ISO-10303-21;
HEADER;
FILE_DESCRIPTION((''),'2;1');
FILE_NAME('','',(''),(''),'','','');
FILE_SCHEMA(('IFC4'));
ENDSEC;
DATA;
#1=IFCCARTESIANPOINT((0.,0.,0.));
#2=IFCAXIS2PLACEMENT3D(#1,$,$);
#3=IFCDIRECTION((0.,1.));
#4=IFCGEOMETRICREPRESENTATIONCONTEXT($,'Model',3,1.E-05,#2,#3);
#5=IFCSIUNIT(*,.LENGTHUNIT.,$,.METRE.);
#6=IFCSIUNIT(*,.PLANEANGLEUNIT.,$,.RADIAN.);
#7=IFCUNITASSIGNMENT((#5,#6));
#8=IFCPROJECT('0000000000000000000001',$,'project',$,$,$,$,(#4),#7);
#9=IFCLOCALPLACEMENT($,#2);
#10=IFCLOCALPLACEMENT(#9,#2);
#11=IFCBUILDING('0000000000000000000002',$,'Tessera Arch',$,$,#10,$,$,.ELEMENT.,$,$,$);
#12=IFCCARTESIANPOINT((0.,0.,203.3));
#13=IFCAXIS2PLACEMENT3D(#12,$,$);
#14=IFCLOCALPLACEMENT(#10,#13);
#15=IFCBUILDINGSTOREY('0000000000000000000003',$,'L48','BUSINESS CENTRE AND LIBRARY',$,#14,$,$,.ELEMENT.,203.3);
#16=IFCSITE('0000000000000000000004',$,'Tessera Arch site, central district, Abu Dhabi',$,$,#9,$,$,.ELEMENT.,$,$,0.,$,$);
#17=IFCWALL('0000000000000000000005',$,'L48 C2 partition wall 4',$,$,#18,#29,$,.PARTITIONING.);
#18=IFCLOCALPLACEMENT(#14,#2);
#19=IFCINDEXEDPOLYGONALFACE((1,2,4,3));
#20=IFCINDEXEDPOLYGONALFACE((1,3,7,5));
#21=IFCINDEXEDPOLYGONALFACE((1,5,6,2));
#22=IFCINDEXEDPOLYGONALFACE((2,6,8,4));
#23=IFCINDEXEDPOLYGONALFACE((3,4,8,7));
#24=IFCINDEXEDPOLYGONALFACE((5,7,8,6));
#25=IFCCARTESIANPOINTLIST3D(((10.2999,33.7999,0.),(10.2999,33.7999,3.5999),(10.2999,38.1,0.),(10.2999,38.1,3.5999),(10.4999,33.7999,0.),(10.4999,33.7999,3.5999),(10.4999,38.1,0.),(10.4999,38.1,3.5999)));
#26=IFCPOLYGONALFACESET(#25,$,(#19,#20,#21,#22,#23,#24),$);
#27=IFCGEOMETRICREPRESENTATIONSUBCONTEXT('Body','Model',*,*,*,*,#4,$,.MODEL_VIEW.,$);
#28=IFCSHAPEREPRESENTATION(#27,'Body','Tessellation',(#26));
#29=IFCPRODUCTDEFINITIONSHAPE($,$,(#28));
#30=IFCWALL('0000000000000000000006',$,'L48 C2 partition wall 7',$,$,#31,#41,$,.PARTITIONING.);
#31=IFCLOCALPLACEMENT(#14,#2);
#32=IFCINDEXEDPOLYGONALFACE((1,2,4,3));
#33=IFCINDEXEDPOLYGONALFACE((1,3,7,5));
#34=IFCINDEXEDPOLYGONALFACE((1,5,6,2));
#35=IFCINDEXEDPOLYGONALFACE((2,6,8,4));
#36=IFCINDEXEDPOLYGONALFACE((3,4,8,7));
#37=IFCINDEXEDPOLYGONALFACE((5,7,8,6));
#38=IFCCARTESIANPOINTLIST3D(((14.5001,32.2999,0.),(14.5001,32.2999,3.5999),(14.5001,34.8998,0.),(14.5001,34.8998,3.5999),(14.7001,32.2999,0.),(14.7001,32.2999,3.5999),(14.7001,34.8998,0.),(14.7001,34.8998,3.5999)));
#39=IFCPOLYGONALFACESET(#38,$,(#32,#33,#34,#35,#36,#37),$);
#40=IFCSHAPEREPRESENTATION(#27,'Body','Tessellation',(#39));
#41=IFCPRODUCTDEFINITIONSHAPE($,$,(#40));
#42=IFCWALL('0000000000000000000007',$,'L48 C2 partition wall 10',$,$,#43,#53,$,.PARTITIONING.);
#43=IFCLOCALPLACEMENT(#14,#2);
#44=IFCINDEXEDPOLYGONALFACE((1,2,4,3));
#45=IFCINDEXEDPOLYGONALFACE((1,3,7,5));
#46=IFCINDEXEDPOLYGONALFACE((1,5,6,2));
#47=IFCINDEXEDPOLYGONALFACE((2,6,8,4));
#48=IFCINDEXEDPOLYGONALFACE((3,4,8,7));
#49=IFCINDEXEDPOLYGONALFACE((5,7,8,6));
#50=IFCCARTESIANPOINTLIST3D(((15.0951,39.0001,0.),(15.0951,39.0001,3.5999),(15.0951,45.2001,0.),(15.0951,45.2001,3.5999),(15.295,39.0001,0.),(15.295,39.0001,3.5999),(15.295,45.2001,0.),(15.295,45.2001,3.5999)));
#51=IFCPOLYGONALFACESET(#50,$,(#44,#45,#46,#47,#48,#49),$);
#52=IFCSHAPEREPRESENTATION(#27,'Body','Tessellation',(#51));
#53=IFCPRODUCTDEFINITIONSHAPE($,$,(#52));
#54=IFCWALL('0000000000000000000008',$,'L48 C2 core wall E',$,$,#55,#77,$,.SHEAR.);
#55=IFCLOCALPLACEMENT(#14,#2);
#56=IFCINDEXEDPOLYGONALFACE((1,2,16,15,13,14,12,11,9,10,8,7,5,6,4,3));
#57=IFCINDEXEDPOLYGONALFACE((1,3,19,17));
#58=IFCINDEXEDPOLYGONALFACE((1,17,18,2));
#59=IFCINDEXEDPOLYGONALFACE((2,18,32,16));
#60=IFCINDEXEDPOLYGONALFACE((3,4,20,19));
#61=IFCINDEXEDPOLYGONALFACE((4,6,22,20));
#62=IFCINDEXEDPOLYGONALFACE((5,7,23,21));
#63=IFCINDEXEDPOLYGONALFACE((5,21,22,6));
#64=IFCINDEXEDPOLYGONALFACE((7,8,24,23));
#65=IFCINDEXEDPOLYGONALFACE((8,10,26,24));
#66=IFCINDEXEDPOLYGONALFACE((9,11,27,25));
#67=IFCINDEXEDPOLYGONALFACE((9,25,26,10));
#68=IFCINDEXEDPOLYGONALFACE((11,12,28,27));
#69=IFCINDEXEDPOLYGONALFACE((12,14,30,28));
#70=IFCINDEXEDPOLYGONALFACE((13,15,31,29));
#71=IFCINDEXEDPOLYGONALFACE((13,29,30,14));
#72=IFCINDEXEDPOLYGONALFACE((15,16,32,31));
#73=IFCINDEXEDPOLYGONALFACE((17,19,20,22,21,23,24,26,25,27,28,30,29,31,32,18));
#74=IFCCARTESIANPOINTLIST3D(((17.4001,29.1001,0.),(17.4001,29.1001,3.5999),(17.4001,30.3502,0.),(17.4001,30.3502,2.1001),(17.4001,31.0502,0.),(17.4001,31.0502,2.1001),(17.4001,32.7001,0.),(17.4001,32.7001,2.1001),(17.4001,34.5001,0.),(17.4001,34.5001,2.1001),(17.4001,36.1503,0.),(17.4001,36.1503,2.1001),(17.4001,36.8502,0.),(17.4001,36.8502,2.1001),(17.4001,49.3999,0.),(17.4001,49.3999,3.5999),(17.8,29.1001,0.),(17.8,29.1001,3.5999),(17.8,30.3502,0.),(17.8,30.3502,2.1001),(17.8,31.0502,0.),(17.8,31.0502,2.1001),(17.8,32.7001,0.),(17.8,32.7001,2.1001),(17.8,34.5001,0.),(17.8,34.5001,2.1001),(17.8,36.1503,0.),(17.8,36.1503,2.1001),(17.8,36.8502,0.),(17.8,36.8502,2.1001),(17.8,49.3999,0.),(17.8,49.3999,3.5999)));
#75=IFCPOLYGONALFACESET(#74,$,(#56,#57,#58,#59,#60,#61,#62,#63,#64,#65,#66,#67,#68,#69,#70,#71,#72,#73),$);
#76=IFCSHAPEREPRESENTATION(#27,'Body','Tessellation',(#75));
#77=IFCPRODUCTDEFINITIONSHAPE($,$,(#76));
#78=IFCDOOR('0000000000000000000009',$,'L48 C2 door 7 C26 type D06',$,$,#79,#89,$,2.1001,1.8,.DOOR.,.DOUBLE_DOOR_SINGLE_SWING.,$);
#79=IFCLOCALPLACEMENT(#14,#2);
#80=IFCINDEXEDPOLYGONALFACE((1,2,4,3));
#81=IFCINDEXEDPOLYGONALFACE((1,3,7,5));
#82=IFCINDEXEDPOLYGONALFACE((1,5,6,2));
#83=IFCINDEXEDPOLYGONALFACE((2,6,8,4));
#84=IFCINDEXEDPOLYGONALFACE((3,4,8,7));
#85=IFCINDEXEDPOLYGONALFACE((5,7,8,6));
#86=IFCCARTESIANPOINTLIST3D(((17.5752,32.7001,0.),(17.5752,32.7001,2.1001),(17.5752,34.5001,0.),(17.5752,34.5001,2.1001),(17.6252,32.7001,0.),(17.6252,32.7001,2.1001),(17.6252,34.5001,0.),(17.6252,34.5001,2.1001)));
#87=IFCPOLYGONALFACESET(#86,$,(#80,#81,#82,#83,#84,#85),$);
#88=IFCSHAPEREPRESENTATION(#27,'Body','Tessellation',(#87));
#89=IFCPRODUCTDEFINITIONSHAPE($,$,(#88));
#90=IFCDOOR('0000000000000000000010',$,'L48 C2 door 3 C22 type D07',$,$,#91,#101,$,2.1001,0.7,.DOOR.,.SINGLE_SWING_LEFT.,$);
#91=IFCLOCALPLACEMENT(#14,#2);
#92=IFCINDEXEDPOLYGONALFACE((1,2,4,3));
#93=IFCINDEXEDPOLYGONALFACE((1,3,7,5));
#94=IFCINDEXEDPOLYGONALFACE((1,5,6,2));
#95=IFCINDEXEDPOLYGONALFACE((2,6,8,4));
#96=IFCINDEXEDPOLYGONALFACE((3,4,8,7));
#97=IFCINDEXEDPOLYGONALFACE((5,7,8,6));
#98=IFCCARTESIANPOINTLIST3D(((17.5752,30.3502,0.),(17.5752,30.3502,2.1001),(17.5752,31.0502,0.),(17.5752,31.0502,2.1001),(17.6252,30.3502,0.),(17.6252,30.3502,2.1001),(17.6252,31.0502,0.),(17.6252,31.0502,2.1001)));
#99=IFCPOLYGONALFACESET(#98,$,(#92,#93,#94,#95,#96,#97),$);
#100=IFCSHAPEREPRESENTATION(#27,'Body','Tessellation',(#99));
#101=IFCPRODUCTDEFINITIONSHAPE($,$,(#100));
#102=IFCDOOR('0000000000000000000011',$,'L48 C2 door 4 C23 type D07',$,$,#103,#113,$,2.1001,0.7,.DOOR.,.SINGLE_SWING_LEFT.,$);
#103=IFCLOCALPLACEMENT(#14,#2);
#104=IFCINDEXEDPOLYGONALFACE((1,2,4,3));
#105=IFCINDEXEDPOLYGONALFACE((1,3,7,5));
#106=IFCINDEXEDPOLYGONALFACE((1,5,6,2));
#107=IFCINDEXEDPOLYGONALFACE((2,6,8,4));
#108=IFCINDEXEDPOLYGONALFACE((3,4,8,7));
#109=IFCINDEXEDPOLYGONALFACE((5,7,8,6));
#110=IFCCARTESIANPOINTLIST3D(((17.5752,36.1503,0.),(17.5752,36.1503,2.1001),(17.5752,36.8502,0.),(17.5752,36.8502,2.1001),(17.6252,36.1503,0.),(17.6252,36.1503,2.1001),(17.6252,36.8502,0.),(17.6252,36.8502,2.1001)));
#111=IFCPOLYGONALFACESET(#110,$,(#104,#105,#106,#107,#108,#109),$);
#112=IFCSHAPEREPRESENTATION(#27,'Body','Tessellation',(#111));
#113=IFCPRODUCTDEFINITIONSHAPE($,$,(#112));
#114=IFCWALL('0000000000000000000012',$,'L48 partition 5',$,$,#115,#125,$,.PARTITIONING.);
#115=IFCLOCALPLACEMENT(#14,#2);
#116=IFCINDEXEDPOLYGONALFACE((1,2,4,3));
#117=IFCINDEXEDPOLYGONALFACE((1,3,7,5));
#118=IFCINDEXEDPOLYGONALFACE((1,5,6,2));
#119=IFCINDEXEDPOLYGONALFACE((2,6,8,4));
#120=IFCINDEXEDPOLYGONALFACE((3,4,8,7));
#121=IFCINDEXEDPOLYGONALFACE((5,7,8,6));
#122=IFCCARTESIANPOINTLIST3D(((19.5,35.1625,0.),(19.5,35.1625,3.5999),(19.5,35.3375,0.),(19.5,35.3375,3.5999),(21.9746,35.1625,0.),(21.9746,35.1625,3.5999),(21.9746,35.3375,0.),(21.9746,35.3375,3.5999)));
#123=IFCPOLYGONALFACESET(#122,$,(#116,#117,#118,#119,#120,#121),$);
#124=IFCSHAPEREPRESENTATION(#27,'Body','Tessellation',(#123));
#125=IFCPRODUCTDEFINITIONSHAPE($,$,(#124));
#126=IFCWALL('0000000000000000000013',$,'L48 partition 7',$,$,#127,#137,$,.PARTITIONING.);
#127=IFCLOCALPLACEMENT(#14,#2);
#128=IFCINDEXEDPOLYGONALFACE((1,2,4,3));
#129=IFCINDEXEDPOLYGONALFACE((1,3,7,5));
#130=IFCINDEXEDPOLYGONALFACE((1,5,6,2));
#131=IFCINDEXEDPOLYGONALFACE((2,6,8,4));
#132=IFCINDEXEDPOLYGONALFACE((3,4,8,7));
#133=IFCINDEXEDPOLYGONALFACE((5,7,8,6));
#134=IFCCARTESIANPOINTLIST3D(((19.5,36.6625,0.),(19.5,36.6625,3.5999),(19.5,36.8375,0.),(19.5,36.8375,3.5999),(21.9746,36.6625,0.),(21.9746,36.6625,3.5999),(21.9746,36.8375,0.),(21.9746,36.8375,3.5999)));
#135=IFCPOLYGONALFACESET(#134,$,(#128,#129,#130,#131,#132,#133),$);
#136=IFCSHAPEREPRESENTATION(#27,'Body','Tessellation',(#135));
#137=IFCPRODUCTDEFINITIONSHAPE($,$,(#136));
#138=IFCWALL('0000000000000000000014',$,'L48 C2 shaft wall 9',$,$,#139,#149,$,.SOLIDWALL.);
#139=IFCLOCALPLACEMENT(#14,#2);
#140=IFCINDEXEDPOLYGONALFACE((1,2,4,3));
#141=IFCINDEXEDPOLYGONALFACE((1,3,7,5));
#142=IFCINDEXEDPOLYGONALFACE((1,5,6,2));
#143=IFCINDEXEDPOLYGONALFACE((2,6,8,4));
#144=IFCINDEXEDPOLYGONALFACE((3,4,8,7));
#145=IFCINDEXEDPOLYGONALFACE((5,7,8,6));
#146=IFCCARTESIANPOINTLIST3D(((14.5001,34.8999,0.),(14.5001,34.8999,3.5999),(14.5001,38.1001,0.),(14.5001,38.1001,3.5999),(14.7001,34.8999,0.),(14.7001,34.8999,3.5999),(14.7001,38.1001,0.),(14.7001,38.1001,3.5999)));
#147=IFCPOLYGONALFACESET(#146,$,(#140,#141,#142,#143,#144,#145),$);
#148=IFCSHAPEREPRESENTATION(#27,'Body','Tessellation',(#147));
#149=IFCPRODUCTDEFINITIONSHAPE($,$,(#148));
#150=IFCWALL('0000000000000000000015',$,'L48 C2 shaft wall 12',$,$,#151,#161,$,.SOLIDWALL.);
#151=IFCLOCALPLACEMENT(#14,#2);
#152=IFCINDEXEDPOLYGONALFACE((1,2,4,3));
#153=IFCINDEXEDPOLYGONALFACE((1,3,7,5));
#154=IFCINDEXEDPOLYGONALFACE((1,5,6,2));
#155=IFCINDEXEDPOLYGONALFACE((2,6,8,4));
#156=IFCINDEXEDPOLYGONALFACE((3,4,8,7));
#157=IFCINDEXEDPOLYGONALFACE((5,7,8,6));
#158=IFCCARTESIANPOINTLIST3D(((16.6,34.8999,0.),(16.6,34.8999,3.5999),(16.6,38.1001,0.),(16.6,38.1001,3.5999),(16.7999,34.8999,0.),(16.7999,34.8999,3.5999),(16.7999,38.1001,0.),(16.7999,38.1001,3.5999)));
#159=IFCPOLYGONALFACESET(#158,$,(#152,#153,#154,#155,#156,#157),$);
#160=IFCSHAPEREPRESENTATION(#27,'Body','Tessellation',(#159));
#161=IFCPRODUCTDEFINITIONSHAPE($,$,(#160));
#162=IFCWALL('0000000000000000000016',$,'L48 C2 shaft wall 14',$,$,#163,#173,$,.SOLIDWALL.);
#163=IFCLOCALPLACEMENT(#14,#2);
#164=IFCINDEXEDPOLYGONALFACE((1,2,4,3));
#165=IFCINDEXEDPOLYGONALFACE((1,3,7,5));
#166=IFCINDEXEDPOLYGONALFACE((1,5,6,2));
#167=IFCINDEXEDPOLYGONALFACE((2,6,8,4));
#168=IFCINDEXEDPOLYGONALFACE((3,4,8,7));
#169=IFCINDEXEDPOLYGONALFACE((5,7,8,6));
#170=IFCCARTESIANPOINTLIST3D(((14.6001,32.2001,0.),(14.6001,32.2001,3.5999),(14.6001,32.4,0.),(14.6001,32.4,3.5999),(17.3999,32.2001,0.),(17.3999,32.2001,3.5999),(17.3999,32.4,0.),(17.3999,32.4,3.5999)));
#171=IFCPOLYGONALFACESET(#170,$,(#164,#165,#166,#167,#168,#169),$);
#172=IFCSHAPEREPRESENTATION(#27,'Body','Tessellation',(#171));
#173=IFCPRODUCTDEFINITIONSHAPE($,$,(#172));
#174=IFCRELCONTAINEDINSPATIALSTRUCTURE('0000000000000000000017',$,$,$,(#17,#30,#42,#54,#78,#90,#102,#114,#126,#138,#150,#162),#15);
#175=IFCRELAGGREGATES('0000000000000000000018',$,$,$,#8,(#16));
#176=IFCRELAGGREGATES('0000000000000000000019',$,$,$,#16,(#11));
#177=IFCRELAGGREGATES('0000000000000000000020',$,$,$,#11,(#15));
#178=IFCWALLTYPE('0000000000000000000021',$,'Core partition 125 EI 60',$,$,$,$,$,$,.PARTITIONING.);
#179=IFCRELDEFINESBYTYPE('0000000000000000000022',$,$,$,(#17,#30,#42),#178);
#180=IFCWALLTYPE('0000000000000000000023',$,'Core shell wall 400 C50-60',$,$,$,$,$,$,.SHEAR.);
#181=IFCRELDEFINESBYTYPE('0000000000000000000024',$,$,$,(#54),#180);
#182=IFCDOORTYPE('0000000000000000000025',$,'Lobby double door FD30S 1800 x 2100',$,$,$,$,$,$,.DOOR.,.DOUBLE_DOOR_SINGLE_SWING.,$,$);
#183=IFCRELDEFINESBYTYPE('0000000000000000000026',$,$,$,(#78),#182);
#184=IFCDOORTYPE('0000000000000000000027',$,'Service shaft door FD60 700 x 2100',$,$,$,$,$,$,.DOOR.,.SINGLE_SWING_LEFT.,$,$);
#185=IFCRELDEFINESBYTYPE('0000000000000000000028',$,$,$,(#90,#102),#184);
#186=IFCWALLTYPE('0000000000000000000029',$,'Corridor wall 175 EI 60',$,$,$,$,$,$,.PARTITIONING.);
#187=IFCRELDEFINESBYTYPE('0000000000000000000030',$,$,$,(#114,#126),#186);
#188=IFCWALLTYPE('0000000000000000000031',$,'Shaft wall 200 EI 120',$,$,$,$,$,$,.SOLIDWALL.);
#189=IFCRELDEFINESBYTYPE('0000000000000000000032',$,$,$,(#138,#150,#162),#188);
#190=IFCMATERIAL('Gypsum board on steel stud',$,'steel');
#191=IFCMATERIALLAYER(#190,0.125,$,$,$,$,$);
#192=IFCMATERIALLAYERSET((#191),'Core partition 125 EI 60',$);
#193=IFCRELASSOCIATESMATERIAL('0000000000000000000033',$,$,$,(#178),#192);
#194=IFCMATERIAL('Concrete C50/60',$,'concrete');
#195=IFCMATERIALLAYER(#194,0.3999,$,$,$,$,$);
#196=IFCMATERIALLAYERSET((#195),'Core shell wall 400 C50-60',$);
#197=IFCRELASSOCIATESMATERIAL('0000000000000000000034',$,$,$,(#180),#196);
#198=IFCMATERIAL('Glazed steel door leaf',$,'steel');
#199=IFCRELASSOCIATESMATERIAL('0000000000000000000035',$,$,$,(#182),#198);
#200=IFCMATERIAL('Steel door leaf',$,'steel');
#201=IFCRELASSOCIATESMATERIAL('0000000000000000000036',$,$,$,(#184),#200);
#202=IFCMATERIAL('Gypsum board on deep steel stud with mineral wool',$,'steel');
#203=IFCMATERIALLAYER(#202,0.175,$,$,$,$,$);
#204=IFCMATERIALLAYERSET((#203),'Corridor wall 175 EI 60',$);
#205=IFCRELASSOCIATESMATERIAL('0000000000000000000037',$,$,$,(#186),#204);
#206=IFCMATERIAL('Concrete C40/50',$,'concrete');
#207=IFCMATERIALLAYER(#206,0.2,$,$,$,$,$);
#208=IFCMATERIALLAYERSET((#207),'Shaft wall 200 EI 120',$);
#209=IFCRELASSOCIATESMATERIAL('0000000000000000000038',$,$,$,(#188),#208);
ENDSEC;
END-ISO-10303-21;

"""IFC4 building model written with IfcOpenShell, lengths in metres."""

from ifc_helpers import new_model, si_unit, direction, frame, frame_2d, origin, place, context, subcontext, project, spatial, rectangle, extrude, material, layer, layer_set, type_object, element, fill, save


model = new_model("IFC4")

# Units and contexts
model_context = context("Model", 3, precision=1e-05, world=origin(), true_north=direction((0.0, 1.0)))
body_context = subcontext(model_context, "Body", "Model", "MODEL_VIEW")
ifc_project = project(units=[si_unit("LENGTHUNIT", "METRE"), si_unit("PLANEANGLEUNIT", "RADIAN")], contexts=[model_context])

# Site, building, storey
site_placement = place(None, origin())
site = spatial("IfcSite", under=ifc_project, at=site_placement, Name="Tessera Arch site, central district, Abu Dhabi", CompositionType="ELEMENT", RefElevation=0.0)
building_placement = place(site_placement, origin())
building = spatial("IfcBuilding", under=site, at=building_placement, Name="Tessera Arch", CompositionType="ELEMENT")
storey_placement = place(building_placement, frame((0.0, 0.0, 203.3)))
storey = spatial("IfcBuildingStorey", under=building, at=storey_placement, Name="L48", Description="BUSINESS CENTRE AND LIBRARY", CompositionType="ELEMENT", Elevation=203.3)

# Walls
ifc_material_1 = material(Name="Gypsum board on steel stud", Category="steel")
ifc_layer_1 = layer(ifc_material_1, 0.125)
ifc_layer_set_1 = layer_set([ifc_layer_1], Name="Core partition 125 EI 60")
wall_type_1 = type_object("IfcWallType", Name="Core partition 125 EI 60", PredefinedType="PARTITIONING", material=ifc_layer_set_1)
wall_1_placement = place(storey_placement, frame((10.3999, 33.8, 0.0), z_axis=(0.0, 0.0, 1.0), x_axis=(0.0, 1.0, 0.0)))
element("IfcWall", 1, at=wall_1_placement, inside=storey, type_object=wall_type_1, Name="L48 C2 partition wall 4", PredefinedType="PARTITIONING", context=body_context, shape_type="SweptSolid", body=[
    extrude(rectangle(XDim=4.3, YDim=0.2, at=frame_2d((2.1499, 0.0))), origin(), (0.0, 0.0, 1.0), 3.5999),
])
wall_2_placement = place(storey_placement, frame((14.6001, 32.3, 0.0), z_axis=(0.0, 0.0, 1.0), x_axis=(0.0, 1.0, 0.0)))
element("IfcWall", 2, at=wall_2_placement, inside=storey, type_object=wall_type_1, Name="L48 C2 partition wall 7", PredefinedType="PARTITIONING", context=body_context, shape_type="SweptSolid", body=[
    extrude(rectangle(XDim=2.5999, YDim=0.2, at=frame_2d((1.2998, 0.0))), origin(), (0.0, 0.0, 1.0), 3.5999),
])
wall_3_placement = place(storey_placement, frame((15.1951, 39.0, 0.0), z_axis=(0.0, 0.0, 1.0), x_axis=(0.0, 1.0, 0.0)))
element("IfcWall", 3, at=wall_3_placement, inside=storey, type_object=wall_type_1, Name="L48 C2 partition wall 10", PredefinedType="PARTITIONING", context=body_context, shape_type="SweptSolid", body=[
    extrude(rectangle(XDim=6.2, YDim=0.2, at=frame_2d((3.1001, 0.0))), origin(), (0.0, 0.0, 1.0), 3.5999),
])

# Wall, openings, doors
ifc_material_2 = material(Name="Concrete C50/60", Category="concrete")
ifc_layer_2 = layer(ifc_material_2, 0.3999)
ifc_layer_set_2 = layer_set([ifc_layer_2], Name="Core shell wall 400 C50-60")
wall_type_2 = type_object("IfcWallType", Name="Core shell wall 400 C50-60", PredefinedType="SHEAR", material=ifc_layer_set_2)
wall_4_placement = place(storey_placement, frame((17.6001, 29.1001, 0.0), z_axis=(0.0, 0.0, 1.0), x_axis=(0.0, 1.0, 0.0)))
wall_4 = element("IfcWall", 4, at=wall_4_placement, inside=storey, type_object=wall_type_2, Name="L48 C2 core wall E", PredefinedType="SHEAR", context=body_context, shape_type="SweptSolid", body=[
    extrude(rectangle(XDim=20.2998, YDim=0.3999, at=frame_2d((10.1499, 0.0))), origin(), (0.0, 0.0, 1.0), 3.5999),
])
opening_1_placement = place(wall_4_placement, frame((1.25, 0.0, 0.0)))
opening_1 = element("IfcOpeningElement", 5, at=opening_1_placement, cuts=wall_4, PredefinedType="OPENING", context=body_context, shape_type="SweptSolid", body=[
    extrude(rectangle(XDim=0.7, YDim=2.1001, at=frame_2d((0.3501, 1.05))), frame((0.0, 0.21, 0.0), z_axis=(0.0, -1.0, 0.0), x_axis=(1.0, 0.0, 0.0)), (0.0, 0.0, 1.0), 0.4199),
])
opening_2_placement = place(wall_4_placement, frame((7.05, 0.0, 0.0)))
opening_2 = element("IfcOpeningElement", 6, at=opening_2_placement, cuts=wall_4, PredefinedType="OPENING", context=body_context, shape_type="SweptSolid", body=[
    extrude(rectangle(XDim=0.7, YDim=2.1001, at=frame_2d((0.3501, 1.05))), frame((0.0, 0.21, 0.0), z_axis=(0.0, -1.0, 0.0), x_axis=(1.0, 0.0, 0.0)), (0.0, 0.0, 1.0), 0.4199),
])
opening_3_placement = place(wall_4_placement, frame((3.6001, 0.0, 0.0)))
opening_3 = element("IfcOpeningElement", 7, at=opening_3_placement, cuts=wall_4, PredefinedType="OPENING", context=body_context, shape_type="SweptSolid", body=[
    extrude(rectangle(XDim=1.8, YDim=2.1001, at=frame_2d((0.8999, 1.05))), frame((0.0, 0.21, 0.0), z_axis=(0.0, -1.0, 0.0), x_axis=(1.0, 0.0, 0.0)), (0.0, 0.0, 1.0), 0.4199),
])
ifc_material_3 = material(Name="Glazed steel door leaf", Category="steel")
door_type_1 = type_object("IfcDoorType", Name="Lobby double door FD30S 1800 x 2100", OperationType="DOUBLE_DOOR_SINGLE_SWING", PredefinedType="DOOR", material=ifc_material_3)
door_1_placement = place(opening_3_placement, origin())
door_1 = element("IfcDoor", 8, at=door_1_placement, inside=storey, type_object=door_type_1, Name="L48 C2 door 7 C26 type D06", OperationType="DOUBLE_DOOR_SINGLE_SWING", OverallHeight=2.1001, OverallWidth=1.8, PredefinedType="DOOR", context=body_context, shape_type="SweptSolid", body=[
    extrude(rectangle(XDim=1.8, YDim=2.1001, at=frame_2d((0.8999, 1.05))), frame((0.0, 0.0249, 0.0), z_axis=(0.0, -1.0, 0.0), x_axis=(1.0, 0.0, 0.0)), (0.0, 0.0, 1.0), 0.05),
])
fill(opening_3, door_1)
ifc_material_4 = material(Name="Steel door leaf", Category="steel")
door_type_2 = type_object("IfcDoorType", Name="Service shaft door FD60 700 x 2100", OperationType="SINGLE_SWING_LEFT", PredefinedType="DOOR", material=ifc_material_4)
door_2_placement = place(opening_1_placement, origin())
door_2 = element("IfcDoor", 9, at=door_2_placement, inside=storey, type_object=door_type_2, Name="L48 C2 door 3 C22 type D07", OperationType="SINGLE_SWING_LEFT", OverallHeight=2.1001, OverallWidth=0.7, PredefinedType="DOOR", context=body_context, shape_type="SweptSolid", body=[
    extrude(rectangle(XDim=0.7, YDim=2.1001, at=frame_2d((0.3501, 1.05))), frame((0.0, 0.0249, 0.0), z_axis=(0.0, -1.0, 0.0), x_axis=(1.0, 0.0, 0.0)), (0.0, 0.0, 1.0), 0.05),
])
fill(opening_1, door_2)
door_3_placement = place(opening_2_placement, origin())
door_3 = element("IfcDoor", 10, at=door_3_placement, inside=storey, type_object=door_type_2, Name="L48 C2 door 4 C23 type D07", OperationType="SINGLE_SWING_LEFT", OverallHeight=2.1001, OverallWidth=0.7, PredefinedType="DOOR", context=body_context, shape_type="SweptSolid", body=[
    extrude(rectangle(XDim=0.7, YDim=2.1001, at=frame_2d((0.3501, 1.05))), frame((0.0, 0.0249, 0.0), z_axis=(0.0, -1.0, 0.0), x_axis=(1.0, 0.0, 0.0)), (0.0, 0.0, 1.0), 0.05),
])
fill(opening_2, door_3)

# Walls
ifc_material_5 = material(Name="Gypsum board on deep steel stud with mineral wool", Category="steel")
ifc_layer_3 = layer(ifc_material_5, 0.175)
ifc_layer_set_3 = layer_set([ifc_layer_3], Name="Corridor wall 175 EI 60")
wall_type_3 = type_object("IfcWallType", Name="Corridor wall 175 EI 60", PredefinedType="PARTITIONING", material=ifc_layer_set_3)
for number, where, z_axis, x_axis, name in (
    (11, (19.5, 35.25, 0.0), (0.0, 0.0, 1.0), (1.0, 0.0, 0.0), "L48 partition 5"),
    (12, (19.5, 36.75, 0.0), (0.0, 0.0, 1.0), (1.0, 0.0, 0.0), "L48 partition 7"),
):
    element("IfcWall", number, at=place(storey_placement, frame(where, z_axis=z_axis, x_axis=x_axis)), inside=storey, type_object=wall_type_3, Name=name, PredefinedType="PARTITIONING", context=body_context, shape_type="SweptSolid", body=[
        extrude(rectangle(XDim=2.4746, YDim=0.175, at=frame_2d((1.2373, 0.0))), origin(), (0.0, 0.0, 1.0), 3.5999),
    ])
ifc_material_6 = material(Name="Concrete C40/50", Category="concrete")
ifc_layer_4 = layer(ifc_material_6, 0.2)
ifc_layer_set_4 = layer_set([ifc_layer_4], Name="Shaft wall 200 EI 120")
wall_type_4 = type_object("IfcWallType", Name="Shaft wall 200 EI 120", PredefinedType="SOLIDWALL", material=ifc_layer_set_4)
for number, where, z_axis, x_axis, name in (
    (13, (14.6001, 34.8999, 0.0), (0.0, 0.0, 1.0), (0.0, 1.0, 0.0), "L48 C2 shaft wall 9"),
    (14, (16.7, 34.8999, 0.0), (0.0, 0.0, 1.0), (0.0, 1.0, 0.0), "L48 C2 shaft wall 12"),
):
    element("IfcWall", number, at=place(storey_placement, frame(where, z_axis=z_axis, x_axis=x_axis)), inside=storey, type_object=wall_type_4, Name=name, PredefinedType="SOLIDWALL", context=body_context, shape_type="SweptSolid", body=[
        extrude(rectangle(XDim=3.2002, YDim=0.2, at=frame_2d((1.6001, 0.0))), origin(), (0.0, 0.0, 1.0), 3.5999),
    ])
for number, where, z_axis, x_axis, name in (
    (15, (14.6001, 32.3, 0.0), (0.0, 0.0, 1.0), (1.0, 0.0, 0.0), "L48 C2 shaft wall 14"),
):
    element("IfcWall", number, at=place(storey_placement, frame(where, z_axis=z_axis, x_axis=x_axis)), inside=storey, type_object=wall_type_4, Name=name, PredefinedType="SOLIDWALL", context=body_context, shape_type="SweptSolid", body=[
        extrude(rectangle(XDim=2.7998, YDim=0.2, at=frame_2d((1.3999, 0.0))), origin(), (0.0, 0.0, 1.0), 3.5999),
    ])

save(model, "model.ifc")
